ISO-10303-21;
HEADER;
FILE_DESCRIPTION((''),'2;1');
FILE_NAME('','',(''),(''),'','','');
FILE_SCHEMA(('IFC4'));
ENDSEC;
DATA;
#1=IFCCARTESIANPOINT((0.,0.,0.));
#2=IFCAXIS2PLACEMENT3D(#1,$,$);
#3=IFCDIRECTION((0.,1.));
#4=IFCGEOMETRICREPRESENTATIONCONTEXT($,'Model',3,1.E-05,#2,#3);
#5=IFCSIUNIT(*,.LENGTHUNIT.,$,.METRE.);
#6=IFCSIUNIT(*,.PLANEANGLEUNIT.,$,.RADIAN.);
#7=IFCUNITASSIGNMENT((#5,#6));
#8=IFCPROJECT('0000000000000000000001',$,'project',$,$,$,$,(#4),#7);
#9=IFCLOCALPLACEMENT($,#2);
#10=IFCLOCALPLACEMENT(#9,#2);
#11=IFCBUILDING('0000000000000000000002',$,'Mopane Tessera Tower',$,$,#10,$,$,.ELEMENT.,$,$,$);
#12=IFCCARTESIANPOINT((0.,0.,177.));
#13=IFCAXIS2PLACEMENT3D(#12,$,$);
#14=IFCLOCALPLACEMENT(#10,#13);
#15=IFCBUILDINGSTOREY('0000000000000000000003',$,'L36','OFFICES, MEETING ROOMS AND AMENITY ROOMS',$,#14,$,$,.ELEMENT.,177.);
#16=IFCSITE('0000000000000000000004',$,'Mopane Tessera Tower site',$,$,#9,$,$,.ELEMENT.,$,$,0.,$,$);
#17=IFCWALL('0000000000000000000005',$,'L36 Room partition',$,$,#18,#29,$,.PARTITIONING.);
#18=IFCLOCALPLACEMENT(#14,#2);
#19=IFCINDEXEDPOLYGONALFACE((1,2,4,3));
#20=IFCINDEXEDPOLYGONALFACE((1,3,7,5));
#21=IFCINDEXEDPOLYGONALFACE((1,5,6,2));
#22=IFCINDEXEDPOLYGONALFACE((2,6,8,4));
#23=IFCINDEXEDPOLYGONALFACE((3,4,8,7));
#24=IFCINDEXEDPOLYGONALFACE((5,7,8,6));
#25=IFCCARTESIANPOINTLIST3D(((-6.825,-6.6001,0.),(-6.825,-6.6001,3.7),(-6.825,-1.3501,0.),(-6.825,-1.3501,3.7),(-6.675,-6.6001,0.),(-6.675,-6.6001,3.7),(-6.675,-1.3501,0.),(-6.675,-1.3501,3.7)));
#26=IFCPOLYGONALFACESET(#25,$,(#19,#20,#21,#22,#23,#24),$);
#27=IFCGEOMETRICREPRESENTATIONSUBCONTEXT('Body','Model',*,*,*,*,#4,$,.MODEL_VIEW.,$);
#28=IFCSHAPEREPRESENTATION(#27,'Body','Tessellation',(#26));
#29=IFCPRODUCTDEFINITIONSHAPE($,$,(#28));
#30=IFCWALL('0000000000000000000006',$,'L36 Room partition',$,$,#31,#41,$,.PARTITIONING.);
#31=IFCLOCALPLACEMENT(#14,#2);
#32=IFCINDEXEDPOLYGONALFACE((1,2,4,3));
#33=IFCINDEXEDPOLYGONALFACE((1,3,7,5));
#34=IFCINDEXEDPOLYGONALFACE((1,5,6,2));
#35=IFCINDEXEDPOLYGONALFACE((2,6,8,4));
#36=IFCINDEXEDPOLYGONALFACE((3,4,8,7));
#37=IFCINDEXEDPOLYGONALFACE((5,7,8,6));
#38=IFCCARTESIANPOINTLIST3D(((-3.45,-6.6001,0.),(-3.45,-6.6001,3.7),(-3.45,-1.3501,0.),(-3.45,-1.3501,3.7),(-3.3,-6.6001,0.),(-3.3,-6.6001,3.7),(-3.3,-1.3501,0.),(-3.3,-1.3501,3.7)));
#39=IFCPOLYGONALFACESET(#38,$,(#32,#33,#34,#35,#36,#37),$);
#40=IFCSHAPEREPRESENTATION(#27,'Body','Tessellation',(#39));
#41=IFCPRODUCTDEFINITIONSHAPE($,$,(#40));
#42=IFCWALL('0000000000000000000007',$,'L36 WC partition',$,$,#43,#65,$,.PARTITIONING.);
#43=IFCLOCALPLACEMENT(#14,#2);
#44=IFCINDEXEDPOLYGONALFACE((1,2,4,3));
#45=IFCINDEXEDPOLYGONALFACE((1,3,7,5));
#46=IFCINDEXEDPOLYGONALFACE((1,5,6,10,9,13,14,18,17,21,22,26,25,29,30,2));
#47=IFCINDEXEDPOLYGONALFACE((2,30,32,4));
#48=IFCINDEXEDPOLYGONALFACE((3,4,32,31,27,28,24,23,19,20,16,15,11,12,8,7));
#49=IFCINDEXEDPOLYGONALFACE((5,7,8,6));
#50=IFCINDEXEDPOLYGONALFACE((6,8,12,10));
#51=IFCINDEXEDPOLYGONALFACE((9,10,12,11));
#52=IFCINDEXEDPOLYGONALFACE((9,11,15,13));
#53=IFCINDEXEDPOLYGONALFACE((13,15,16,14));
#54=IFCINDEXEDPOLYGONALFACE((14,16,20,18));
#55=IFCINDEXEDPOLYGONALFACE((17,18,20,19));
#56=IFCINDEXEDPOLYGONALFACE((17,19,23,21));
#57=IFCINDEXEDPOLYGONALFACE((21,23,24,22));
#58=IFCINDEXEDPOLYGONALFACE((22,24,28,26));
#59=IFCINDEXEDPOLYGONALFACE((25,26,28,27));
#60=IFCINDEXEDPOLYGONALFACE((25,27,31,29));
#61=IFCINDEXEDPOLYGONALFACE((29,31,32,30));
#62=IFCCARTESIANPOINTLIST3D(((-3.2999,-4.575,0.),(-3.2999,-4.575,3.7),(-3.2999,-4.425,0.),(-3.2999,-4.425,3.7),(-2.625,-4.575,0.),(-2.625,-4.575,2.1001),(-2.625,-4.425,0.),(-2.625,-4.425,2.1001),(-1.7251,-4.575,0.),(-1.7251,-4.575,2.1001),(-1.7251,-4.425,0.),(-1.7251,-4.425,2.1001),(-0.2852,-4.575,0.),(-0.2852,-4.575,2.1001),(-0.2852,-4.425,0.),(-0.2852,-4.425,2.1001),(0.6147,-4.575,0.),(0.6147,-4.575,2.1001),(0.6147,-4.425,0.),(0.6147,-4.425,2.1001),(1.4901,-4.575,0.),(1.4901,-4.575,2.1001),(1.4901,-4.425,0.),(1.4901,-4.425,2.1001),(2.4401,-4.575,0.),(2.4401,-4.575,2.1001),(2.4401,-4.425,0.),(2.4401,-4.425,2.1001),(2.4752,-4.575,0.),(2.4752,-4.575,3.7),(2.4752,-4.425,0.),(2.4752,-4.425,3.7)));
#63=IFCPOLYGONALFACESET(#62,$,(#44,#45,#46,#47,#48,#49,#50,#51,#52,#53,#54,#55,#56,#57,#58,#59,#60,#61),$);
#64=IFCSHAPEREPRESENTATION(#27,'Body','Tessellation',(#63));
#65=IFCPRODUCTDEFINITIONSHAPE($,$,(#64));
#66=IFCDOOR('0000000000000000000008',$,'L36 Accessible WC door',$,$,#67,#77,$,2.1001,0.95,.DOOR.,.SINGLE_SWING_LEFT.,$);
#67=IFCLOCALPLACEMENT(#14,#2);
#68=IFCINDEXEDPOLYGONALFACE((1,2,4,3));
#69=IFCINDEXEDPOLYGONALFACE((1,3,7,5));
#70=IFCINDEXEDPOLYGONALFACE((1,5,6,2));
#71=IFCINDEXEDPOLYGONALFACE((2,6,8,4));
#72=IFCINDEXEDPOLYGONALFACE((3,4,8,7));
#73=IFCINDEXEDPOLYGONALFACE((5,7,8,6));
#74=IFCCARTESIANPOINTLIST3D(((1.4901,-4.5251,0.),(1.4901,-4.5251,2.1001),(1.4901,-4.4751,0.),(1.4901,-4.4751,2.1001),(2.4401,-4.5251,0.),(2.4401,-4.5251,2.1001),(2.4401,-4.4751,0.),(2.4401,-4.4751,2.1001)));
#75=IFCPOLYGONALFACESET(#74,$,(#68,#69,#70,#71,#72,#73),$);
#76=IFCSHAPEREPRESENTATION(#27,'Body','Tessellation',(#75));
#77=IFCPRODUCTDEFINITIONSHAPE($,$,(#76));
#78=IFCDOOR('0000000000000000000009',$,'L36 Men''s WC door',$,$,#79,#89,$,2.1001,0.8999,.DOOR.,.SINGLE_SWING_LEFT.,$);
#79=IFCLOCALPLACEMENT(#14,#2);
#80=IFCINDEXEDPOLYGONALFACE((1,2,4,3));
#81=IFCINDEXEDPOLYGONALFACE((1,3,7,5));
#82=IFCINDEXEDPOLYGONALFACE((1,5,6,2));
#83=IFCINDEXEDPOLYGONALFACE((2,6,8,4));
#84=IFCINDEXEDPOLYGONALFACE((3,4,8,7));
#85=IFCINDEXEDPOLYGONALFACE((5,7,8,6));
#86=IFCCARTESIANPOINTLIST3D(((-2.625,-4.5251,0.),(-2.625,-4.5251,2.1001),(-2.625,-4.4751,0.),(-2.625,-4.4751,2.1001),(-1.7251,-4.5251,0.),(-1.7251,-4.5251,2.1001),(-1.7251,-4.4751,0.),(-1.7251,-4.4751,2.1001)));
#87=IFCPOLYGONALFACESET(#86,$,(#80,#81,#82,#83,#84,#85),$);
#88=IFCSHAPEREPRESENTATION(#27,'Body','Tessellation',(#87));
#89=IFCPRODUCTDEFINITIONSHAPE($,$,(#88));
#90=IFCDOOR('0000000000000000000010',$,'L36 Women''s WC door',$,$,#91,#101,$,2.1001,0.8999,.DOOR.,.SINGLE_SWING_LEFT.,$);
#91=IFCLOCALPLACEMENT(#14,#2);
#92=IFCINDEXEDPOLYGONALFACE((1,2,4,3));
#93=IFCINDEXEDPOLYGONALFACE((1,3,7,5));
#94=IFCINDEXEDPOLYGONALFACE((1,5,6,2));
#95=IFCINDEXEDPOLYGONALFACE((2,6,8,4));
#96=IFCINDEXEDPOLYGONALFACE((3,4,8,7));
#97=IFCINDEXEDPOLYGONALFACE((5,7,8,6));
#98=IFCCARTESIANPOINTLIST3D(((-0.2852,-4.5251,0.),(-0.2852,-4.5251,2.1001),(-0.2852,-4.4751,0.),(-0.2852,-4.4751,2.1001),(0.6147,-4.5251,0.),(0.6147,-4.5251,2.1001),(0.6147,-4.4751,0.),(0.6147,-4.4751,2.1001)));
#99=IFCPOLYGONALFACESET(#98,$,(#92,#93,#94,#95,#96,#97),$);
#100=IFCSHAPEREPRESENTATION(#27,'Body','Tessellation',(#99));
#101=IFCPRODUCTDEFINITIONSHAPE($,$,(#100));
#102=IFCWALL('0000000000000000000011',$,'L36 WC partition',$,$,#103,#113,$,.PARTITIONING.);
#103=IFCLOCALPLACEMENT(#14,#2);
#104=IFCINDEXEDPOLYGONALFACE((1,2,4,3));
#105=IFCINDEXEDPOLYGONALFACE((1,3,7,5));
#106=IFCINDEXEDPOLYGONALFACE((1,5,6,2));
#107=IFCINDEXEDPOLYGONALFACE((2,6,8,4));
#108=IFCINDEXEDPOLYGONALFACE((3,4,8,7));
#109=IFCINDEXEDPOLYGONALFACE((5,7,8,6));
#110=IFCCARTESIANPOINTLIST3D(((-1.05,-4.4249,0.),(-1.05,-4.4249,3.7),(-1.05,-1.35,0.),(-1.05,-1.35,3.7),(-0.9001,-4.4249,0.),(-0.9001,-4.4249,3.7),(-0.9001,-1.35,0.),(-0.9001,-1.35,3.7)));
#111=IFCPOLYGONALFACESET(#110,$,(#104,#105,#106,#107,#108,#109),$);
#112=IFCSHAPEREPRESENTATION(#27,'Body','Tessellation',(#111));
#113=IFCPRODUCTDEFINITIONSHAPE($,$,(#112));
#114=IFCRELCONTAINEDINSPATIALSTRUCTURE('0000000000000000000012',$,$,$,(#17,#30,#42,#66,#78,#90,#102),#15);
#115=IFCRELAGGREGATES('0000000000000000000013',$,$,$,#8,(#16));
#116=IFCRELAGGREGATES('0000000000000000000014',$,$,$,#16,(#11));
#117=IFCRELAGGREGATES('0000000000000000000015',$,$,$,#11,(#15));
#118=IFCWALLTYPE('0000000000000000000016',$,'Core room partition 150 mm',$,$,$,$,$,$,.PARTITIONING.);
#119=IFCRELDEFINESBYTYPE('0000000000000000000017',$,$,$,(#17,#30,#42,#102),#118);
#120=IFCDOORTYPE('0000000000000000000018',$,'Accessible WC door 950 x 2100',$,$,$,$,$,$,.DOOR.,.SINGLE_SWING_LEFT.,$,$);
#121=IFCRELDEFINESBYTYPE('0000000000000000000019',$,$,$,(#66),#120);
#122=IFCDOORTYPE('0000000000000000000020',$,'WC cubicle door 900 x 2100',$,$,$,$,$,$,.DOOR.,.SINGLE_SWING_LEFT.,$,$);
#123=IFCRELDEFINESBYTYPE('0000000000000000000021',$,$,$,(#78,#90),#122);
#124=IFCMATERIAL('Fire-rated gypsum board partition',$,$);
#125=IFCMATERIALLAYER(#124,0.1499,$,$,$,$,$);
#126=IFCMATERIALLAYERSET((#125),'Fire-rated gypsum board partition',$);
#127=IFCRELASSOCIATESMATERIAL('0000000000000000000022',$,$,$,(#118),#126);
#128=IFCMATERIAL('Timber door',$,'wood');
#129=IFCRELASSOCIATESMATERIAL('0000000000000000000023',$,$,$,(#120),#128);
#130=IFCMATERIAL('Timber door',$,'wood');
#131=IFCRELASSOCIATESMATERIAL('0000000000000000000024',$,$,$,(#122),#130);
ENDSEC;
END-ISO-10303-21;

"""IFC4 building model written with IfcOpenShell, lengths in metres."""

from ifc_helpers import new_model, si_unit, direction, frame, frame_2d, origin, place, context, subcontext, project, spatial, rectangle, extrude, material, layer, layer_set, type_object, element, fill, save


model = new_model("IFC4")

# Units and contexts
model_context = context("Model", 3, precision=1e-05, world=origin(), true_north=direction((0.0, 1.0)))
body_context = subcontext(model_context, "Body", "Model", "MODEL_VIEW")
ifc_project = project(units=[si_unit("LENGTHUNIT", "METRE"), si_unit("PLANEANGLEUNIT", "RADIAN")], contexts=[model_context])

# Site, building, storey
site_placement = place(None, origin())
site = spatial("IfcSite", under=ifc_project, at=site_placement, Name="Mopane Tessera Tower site", CompositionType="ELEMENT", RefElevation=0.0)
building_placement = place(site_placement, origin())
building = spatial("IfcBuilding", under=site, at=building_placement, Name="Mopane Tessera Tower", CompositionType="ELEMENT")
storey_placement = place(building_placement, frame((0.0, 0.0, 177.0)))
storey = spatial("IfcBuildingStorey", under=building, at=storey_placement, Name="L36", Description="OFFICES, MEETING ROOMS AND AMENITY ROOMS", CompositionType="ELEMENT", Elevation=177.0)

# Walls
ifc_material_1 = material(Name="Fire-rated gypsum board partition")
ifc_layer_1 = layer(ifc_material_1, 0.1499)
ifc_layer_set_1 = layer_set([ifc_layer_1], Name="Fire-rated gypsum board partition")
wall_type_1 = type_object("IfcWallType", Name="Core room partition 150 mm", PredefinedType="PARTITIONING", material=ifc_layer_set_1)
for number, where, z_axis, x_axis, name in (
    (1, (-6.75, -6.6001, 0.0), (0.0, 0.0, 1.0), (0.0, 1.0, 0.0), "L36 Room partition"),
    (2, (-3.375, -6.6001, 0.0), (0.0, 0.0, 1.0), (0.0, 1.0, 0.0), "L36 Room partition"),
):
    element("IfcWall", number, at=place(storey_placement, frame(where, z_axis=z_axis, x_axis=x_axis)), inside=storey, type_object=wall_type_1, Name=name, PredefinedType="PARTITIONING", context=body_context, shape_type="SweptSolid", body=[
        extrude(rectangle(XDim=5.25, YDim=0.1499, at=frame_2d((2.625, 0.0))), origin(), (0.0, 0.0, 1.0), 3.7),
    ])

# Wall, openings, doors
wall_1_placement = place(storey_placement, frame((-3.3, -4.5, 0.0), z_axis=(0.0, 0.0, 1.0), x_axis=(1.0, 0.0, 0.0)))
wall_1 = element("IfcWall", 3, at=wall_1_placement, inside=storey, type_object=wall_type_1, Name="L36 WC partition", PredefinedType="PARTITIONING", context=body_context, shape_type="SweptSolid", body=[
    extrude(rectangle(XDim=5.7751, YDim=0.1499, at=frame_2d((2.8877, 0.0))), origin(), (0.0, 0.0, 1.0), 3.7),
])
opening_1_placement = place(wall_1_placement, frame((0.675, 0.0, 0.0)))
opening_1 = element("IfcOpeningElement", 4, at=opening_1_placement, cuts=wall_1, PredefinedType="OPENING", context=body_context, shape_type="SweptSolid", body=[
    extrude(rectangle(XDim=0.8999, YDim=2.1001, at=frame_2d((0.45, 1.05))), frame((0.0, 0.0869, 0.0), z_axis=(0.0, -1.0, 0.0), x_axis=(1.0, 0.0, 0.0)), (0.0, 0.0, 1.0), 0.1738),
])
opening_2_placement = place(wall_1_placement, frame((3.0149, 0.0, 0.0)))
opening_2 = element("IfcOpeningElement", 5, at=opening_2_placement, cuts=wall_1, PredefinedType="OPENING", context=body_context, shape_type="SweptSolid", body=[
    extrude(rectangle(XDim=0.8999, YDim=2.1001, at=frame_2d((0.45, 1.05))), frame((0.0, 0.0869, 0.0), z_axis=(0.0, -1.0, 0.0), x_axis=(1.0, 0.0, 0.0)), (0.0, 0.0, 1.0), 0.1738),
])
opening_3_placement = place(wall_1_placement, frame((4.79, 0.0, 0.0)))
opening_3 = element("IfcOpeningElement", 6, at=opening_3_placement, cuts=wall_1, PredefinedType="OPENING", context=body_context, shape_type="SweptSolid", body=[
    extrude(rectangle(XDim=0.95, YDim=2.1001, at=frame_2d((0.4751, 1.05))), frame((0.0, 0.0869, 0.0), z_axis=(0.0, -1.0, 0.0), x_axis=(1.0, 0.0, 0.0)), (0.0, 0.0, 1.0), 0.1738),
])
ifc_material_2 = material(Name="Timber door", Category="wood")
door_type_1 = type_object("IfcDoorType", Name="Accessible WC door 950 x 2100", OperationType="SINGLE_SWING_LEFT", PredefinedType="DOOR", material=ifc_material_2)
door_1_placement = place(opening_3_placement, origin())
door_1 = element("IfcDoor", 7, at=door_1_placement, inside=storey, type_object=door_type_1, Name="L36 Accessible WC door", OperationType="SINGLE_SWING_LEFT", OverallHeight=2.1001, OverallWidth=0.95, PredefinedType="DOOR", context=body_context, shape_type="SweptSolid", body=[
    extrude(rectangle(XDim=0.95, YDim=2.1001, at=frame_2d((0.4751, 1.05))), frame((0.0, 0.0249, 0.0), z_axis=(0.0, -1.0, 0.0), x_axis=(1.0, 0.0, 0.0)), (0.0, 0.0, 1.0), 0.05),
])
fill(opening_3, door_1)
ifc_material_3 = material(Name="Timber door", Category="wood")
door_type_2 = type_object("IfcDoorType", Name="WC cubicle door 900 x 2100", OperationType="SINGLE_SWING_LEFT", PredefinedType="DOOR", material=ifc_material_3)
door_2_placement = place(opening_1_placement, origin())
door_2 = element("IfcDoor", 8, at=door_2_placement, inside=storey, type_object=door_type_2, Name="L36 Men's WC door", OperationType="SINGLE_SWING_LEFT", OverallHeight=2.1001, OverallWidth=0.8999, PredefinedType="DOOR", context=body_context, shape_type="SweptSolid", body=[
    extrude(rectangle(XDim=0.8999, YDim=2.1001, at=frame_2d((0.45, 1.05))), frame((0.0, 0.0249, 0.0), z_axis=(0.0, -1.0, 0.0), x_axis=(1.0, 0.0, 0.0)), (0.0, 0.0, 1.0), 0.05),
])
fill(opening_1, door_2)
door_3_placement = place(opening_2_placement, origin())
door_3 = element("IfcDoor", 9, at=door_3_placement, inside=storey, type_object=door_type_2, Name="L36 Women's WC door", OperationType="SINGLE_SWING_LEFT", OverallHeight=2.1001, OverallWidth=0.8999, PredefinedType="DOOR", context=body_context, shape_type="SweptSolid", body=[
    extrude(rectangle(XDim=0.8999, YDim=2.1001, at=frame_2d((0.45, 1.05))), frame((0.0, 0.0249, 0.0), z_axis=(0.0, -1.0, 0.0), x_axis=(1.0, 0.0, 0.0)), (0.0, 0.0, 1.0), 0.05),
])
fill(opening_2, door_3)

# Wall
wall_2_placement = place(storey_placement, frame((-0.9751, -4.425, 0.0), z_axis=(0.0, 0.0, 1.0), x_axis=(0.0, 1.0, 0.0)))
element("IfcWall", 10, at=wall_2_placement, inside=storey, type_object=wall_type_1, Name="L36 WC partition", PredefinedType="PARTITIONING", context=body_context, shape_type="SweptSolid", body=[
    extrude(rectangle(XDim=3.075, YDim=0.1499, at=frame_2d((1.5376, 0.0))), origin(), (0.0, 0.0, 1.0), 3.7),
])

save(model, "model.ifc")
